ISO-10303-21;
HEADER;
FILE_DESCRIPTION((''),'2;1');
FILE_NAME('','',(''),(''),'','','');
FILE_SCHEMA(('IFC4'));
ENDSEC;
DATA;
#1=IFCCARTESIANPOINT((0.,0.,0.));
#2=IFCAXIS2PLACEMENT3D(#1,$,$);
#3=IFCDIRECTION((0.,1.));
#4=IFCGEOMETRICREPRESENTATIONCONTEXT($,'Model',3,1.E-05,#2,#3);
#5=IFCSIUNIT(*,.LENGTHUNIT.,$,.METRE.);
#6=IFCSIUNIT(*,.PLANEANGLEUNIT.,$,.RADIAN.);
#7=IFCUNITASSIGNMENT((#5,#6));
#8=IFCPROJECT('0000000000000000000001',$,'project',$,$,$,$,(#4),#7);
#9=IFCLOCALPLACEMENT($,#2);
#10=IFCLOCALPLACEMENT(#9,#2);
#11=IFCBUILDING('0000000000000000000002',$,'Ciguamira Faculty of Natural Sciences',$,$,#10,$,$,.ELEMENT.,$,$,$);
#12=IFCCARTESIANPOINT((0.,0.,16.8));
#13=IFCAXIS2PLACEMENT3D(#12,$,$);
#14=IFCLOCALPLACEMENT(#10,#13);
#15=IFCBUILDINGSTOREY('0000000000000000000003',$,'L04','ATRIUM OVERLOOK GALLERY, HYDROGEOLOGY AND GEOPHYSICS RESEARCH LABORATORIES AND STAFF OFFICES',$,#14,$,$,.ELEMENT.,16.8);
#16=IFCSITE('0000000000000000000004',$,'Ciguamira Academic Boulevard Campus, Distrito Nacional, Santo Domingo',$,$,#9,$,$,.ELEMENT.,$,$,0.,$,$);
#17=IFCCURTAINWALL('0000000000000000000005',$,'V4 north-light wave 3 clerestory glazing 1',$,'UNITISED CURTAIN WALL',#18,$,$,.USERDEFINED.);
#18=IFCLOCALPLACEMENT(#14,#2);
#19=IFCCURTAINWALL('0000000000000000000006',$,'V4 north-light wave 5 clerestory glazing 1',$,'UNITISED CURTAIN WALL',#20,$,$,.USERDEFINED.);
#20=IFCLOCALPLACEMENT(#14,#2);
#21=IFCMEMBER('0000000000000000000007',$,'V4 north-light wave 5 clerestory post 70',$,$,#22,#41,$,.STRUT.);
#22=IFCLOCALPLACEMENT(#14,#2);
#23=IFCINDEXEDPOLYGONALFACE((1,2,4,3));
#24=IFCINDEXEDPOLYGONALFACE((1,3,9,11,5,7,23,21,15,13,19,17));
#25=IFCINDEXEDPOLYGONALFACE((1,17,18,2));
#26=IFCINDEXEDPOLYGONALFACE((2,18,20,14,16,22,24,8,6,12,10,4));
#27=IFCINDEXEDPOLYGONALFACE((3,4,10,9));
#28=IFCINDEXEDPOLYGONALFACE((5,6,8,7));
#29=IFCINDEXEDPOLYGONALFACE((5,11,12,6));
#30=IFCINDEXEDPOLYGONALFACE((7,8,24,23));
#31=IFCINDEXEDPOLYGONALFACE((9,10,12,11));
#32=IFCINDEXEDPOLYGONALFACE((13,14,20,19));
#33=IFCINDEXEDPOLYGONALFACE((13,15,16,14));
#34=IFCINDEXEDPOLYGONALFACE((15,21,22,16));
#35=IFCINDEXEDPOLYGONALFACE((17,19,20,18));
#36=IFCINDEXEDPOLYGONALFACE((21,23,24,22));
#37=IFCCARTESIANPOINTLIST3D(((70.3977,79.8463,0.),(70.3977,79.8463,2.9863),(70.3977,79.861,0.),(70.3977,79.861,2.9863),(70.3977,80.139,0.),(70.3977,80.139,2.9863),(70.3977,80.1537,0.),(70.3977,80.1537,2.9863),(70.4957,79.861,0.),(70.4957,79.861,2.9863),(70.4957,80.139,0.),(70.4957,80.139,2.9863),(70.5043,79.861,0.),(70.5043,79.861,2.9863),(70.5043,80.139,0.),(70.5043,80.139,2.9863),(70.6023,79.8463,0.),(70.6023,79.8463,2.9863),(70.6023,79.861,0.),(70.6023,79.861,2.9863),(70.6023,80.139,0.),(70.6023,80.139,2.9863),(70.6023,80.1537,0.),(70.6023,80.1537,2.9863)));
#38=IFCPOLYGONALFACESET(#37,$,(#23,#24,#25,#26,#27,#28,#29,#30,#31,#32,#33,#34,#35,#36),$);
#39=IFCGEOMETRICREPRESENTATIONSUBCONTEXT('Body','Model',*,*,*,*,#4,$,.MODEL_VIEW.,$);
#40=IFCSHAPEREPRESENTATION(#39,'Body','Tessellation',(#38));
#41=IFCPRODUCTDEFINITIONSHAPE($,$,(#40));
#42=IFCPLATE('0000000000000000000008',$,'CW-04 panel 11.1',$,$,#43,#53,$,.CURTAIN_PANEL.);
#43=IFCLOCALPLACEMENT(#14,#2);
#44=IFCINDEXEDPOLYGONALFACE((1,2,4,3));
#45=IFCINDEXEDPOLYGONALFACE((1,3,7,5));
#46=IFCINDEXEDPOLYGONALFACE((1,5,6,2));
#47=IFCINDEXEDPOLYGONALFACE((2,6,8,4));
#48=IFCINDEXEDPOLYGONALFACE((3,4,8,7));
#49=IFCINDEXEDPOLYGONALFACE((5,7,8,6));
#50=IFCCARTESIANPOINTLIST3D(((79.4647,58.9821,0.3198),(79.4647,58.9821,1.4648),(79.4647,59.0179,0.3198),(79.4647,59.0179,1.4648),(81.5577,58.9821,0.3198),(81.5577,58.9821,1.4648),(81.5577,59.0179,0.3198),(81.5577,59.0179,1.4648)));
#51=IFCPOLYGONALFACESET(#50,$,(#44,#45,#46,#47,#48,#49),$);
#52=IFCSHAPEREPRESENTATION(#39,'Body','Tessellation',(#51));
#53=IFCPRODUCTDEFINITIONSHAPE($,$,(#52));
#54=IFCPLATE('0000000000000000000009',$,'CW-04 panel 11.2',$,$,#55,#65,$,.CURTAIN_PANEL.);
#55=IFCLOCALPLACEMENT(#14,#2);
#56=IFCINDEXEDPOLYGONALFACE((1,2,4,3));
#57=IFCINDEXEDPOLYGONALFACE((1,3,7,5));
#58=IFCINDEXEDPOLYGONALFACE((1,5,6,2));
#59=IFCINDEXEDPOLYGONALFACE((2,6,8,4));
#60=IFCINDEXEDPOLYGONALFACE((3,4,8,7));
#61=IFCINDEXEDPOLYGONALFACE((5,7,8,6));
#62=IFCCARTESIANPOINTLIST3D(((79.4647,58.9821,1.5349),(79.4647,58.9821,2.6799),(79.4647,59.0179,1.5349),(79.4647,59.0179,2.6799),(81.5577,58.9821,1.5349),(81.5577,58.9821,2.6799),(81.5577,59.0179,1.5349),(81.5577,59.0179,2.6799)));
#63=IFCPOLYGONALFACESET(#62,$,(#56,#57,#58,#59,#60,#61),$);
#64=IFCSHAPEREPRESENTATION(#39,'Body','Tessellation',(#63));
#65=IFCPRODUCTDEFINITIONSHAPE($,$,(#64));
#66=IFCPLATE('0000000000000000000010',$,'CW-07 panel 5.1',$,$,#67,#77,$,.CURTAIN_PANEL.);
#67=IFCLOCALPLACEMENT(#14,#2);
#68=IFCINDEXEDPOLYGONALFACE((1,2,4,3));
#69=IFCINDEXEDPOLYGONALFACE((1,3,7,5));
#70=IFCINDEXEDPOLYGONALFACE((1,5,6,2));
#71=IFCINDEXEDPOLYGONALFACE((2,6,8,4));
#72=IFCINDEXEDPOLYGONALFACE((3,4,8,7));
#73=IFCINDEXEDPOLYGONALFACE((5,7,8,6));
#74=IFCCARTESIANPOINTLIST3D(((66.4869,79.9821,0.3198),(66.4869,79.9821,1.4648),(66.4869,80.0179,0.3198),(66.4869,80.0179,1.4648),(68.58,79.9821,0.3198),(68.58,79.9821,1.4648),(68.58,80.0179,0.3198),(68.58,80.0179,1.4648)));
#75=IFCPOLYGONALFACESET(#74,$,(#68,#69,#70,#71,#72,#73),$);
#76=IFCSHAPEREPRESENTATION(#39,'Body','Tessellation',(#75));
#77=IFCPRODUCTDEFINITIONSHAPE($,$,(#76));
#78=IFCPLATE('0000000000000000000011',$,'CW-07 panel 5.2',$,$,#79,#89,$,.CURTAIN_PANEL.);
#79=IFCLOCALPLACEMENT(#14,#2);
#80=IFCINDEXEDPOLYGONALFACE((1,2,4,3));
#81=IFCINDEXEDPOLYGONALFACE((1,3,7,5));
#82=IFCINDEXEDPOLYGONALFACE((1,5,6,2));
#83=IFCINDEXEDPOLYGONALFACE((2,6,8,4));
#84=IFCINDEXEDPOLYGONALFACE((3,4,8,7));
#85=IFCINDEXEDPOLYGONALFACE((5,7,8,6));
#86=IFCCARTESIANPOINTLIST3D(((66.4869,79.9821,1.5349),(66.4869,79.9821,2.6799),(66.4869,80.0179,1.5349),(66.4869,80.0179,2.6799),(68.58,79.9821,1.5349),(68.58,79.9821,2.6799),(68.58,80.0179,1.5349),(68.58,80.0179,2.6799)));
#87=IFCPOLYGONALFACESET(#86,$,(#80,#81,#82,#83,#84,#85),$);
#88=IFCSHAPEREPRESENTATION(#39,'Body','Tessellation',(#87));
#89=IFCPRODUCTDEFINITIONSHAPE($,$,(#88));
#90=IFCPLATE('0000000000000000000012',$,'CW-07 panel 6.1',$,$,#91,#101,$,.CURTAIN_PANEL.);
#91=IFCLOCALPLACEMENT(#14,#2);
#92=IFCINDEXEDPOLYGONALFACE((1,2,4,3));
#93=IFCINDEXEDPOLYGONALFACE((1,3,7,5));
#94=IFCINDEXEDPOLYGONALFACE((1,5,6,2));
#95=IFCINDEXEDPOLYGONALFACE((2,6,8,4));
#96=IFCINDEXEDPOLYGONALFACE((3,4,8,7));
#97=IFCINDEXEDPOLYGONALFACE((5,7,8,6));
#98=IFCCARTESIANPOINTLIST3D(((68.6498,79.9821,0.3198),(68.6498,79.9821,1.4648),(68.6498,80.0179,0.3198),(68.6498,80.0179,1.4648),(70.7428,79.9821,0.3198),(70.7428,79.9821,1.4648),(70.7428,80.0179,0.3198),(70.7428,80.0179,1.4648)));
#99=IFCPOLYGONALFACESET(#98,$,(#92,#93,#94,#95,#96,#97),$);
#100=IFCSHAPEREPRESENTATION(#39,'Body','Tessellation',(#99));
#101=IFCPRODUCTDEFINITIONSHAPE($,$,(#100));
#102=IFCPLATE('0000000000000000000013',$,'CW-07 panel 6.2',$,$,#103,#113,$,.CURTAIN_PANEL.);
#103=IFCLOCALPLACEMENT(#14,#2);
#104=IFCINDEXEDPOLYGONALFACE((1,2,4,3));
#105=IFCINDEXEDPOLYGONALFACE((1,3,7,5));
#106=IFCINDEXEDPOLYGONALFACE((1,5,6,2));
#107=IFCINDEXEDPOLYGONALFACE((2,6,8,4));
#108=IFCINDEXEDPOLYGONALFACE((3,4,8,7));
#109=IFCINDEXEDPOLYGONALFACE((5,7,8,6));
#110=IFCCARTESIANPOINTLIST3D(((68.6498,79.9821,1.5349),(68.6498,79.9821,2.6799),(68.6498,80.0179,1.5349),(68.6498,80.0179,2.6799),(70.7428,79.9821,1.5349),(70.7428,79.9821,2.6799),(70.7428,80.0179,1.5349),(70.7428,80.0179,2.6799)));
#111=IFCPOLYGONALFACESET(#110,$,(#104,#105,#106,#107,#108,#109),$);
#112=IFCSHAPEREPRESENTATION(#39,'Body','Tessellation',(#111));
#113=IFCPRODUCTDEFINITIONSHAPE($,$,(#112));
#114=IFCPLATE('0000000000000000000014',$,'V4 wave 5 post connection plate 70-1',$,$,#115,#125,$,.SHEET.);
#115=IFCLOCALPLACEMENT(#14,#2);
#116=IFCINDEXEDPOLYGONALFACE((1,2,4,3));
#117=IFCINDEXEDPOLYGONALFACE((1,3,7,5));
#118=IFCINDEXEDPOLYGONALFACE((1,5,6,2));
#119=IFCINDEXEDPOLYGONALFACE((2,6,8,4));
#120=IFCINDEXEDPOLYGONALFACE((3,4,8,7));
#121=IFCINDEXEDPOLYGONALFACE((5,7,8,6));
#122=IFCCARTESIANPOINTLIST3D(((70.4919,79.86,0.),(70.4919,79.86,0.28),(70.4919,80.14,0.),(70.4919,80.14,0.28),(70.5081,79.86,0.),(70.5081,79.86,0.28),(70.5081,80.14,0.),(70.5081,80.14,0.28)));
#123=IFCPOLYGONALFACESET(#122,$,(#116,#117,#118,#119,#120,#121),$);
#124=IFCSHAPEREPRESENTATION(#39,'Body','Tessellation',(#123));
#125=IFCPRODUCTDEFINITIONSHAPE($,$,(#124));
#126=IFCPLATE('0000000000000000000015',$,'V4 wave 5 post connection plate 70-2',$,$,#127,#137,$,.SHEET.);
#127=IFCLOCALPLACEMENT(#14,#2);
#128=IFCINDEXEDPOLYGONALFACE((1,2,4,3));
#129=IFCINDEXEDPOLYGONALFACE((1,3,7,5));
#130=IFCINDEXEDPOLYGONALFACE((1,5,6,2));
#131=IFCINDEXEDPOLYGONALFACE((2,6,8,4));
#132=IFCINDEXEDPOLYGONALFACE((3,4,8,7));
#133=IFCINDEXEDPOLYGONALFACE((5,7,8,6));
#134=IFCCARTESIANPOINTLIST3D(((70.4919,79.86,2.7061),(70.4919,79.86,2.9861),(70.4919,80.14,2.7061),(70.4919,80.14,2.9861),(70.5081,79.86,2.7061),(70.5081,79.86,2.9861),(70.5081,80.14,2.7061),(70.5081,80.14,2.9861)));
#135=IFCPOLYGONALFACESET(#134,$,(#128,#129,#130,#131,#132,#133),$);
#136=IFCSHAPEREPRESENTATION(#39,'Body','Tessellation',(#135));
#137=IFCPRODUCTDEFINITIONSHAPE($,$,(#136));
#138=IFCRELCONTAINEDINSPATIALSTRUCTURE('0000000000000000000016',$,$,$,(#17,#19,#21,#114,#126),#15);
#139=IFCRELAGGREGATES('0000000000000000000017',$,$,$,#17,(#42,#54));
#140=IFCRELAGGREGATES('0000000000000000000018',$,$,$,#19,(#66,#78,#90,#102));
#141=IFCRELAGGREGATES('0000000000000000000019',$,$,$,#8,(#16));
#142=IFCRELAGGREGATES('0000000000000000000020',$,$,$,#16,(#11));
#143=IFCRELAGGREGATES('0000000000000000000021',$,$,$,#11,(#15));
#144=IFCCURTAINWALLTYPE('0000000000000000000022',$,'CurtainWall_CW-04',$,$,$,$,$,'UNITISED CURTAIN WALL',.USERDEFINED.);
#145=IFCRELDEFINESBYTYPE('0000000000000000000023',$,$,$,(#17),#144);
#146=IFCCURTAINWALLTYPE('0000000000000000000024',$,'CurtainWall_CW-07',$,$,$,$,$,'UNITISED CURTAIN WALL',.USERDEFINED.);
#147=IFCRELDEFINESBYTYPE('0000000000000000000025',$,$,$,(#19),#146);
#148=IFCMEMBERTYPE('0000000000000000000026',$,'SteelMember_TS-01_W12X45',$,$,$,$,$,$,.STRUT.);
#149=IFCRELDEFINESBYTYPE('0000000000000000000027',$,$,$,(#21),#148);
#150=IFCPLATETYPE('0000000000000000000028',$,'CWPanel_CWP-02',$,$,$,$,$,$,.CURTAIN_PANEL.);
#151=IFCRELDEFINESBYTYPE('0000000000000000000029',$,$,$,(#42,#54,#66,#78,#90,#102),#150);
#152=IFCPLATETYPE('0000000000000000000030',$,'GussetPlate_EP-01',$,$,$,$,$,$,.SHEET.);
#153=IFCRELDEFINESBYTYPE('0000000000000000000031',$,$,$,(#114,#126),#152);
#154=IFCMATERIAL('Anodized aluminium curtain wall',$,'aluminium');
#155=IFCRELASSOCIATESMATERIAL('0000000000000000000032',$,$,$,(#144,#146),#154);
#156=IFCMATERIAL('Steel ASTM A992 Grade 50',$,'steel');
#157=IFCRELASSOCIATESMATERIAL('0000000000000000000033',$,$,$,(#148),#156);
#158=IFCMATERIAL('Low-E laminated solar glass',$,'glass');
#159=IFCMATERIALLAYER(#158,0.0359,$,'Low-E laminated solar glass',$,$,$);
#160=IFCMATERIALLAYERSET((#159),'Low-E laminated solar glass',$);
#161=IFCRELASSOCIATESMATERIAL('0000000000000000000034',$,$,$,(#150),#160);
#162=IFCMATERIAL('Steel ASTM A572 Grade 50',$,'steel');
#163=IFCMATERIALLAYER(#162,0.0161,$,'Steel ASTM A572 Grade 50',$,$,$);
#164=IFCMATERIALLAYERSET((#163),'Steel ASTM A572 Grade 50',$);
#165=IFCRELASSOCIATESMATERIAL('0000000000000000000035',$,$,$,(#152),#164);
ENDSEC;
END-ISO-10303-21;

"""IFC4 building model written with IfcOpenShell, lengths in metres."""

from ifc_helpers import new_model, si_unit, direction, frame, origin, origin_2d, place, context, subcontext, project, spatial, rectangle, i_section, extrude, material, layer, layer_set, material_profile, profile_set, type_object, element, aggregate, save


model = new_model("IFC4")

# Units and contexts
model_context = context("Model", 3, precision=1e-05, world=origin(), true_north=direction((0.0, 1.0)))
body_context = subcontext(model_context, "Body", "Model", "MODEL_VIEW")
ifc_project = project(units=[si_unit("LENGTHUNIT", "METRE"), si_unit("PLANEANGLEUNIT", "RADIAN")], contexts=[model_context])

# Site, building, storey
site_placement = place(None, origin())
site = spatial("IfcSite", under=ifc_project, at=site_placement, Name="Ciguamira Academic Boulevard Campus, Distrito Nacional, Santo Domingo", CompositionType="ELEMENT", RefElevation=0.0)
building_placement = place(site_placement, origin())
building = spatial("IfcBuilding", under=site, at=building_placement, Name="Ciguamira Faculty of Natural Sciences", CompositionType="ELEMENT")
storey_placement = place(building_placement, frame((0.0, 0.0, 16.8)))
storey = spatial("IfcBuildingStorey", under=building, at=storey_placement, Name="L04", Description="ATRIUM OVERLOOK GALLERY, HYDROGEOLOGY AND GEOPHYSICS RESEARCH LABORATORIES AND STAFF OFFICES", CompositionType="ELEMENT", Elevation=16.8)

# Curtain walls
ifc_material_1 = material(Name="Anodized aluminium curtain wall", Category="aluminium")
curtain_wall_type_1 = type_object("IfcCurtainWallType", Name="CurtainWall_CW-04", ElementType="UNITISED CURTAIN WALL", PredefinedType="USERDEFINED", material=ifc_material_1)
curtain_wall_1_placement = place(storey_placement, origin())
curtain_wall_1 = element("IfcCurtainWall", 1, at=curtain_wall_1_placement, inside=storey, type_object=curtain_wall_type_1, Name="V4 north-light wave 3 clerestory glazing 1", ObjectType="UNITISED CURTAIN WALL", PredefinedType="USERDEFINED")
curtain_wall_type_2 = type_object("IfcCurtainWallType", Name="CurtainWall_CW-07", ElementType="UNITISED CURTAIN WALL", PredefinedType="USERDEFINED", material=ifc_material_1)
curtain_wall_2_placement = place(storey_placement, origin())
curtain_wall_2 = element("IfcCurtainWall", 2, at=curtain_wall_2_placement, inside=storey, type_object=curtain_wall_type_2, Name="V4 north-light wave 5 clerestory glazing 1", ObjectType="UNITISED CURTAIN WALL", PredefinedType="USERDEFINED")

# Member
ifc_material_2 = material(Name="Steel ASTM A992 Grade 50", Category="steel")
ifc_material_profile_1 = material_profile(ifc_material_2, i_section(OverallWidth=0.2046, OverallDepth=0.3074, WebThickness=0.0085, FlangeThickness=0.0146, at=origin_2d()), Name="W12X45")
ifc_profile_set_1 = profile_set([ifc_material_profile_1], Name="Steel ASTM A992 Grade 50")
member_type_1 = type_object("IfcMemberType", Name="SteelMember_TS-01_W12X45", PredefinedType="STRUT", material=ifc_profile_set_1)
member_1_placement = place(storey_placement, frame((70.5, 80.0, 0.0), z_axis=(0.0, 0.0, 1.0), x_axis=(1.0, 0.0, 0.0)))
element("IfcMember", 3, at=member_1_placement, inside=storey, type_object=member_type_1, Name="V4 north-light wave 5 clerestory post 70", PredefinedType="STRUT", context=body_context, shape_type="SweptSolid", body=[
    extrude(i_section(OverallWidth=0.2046, OverallDepth=0.3074, WebThickness=0.0085, FlangeThickness=0.0146, at=origin_2d()), origin(), (0.0, 0.0, 1.0), 2.9863),
])

# Plates
ifc_material_3 = material(Name="Low-E laminated solar glass", Category="glass")
ifc_layer_1 = layer(ifc_material_3, 0.0359, Name="Low-E laminated solar glass")
ifc_layer_set_1 = layer_set([ifc_layer_1], Name="Low-E laminated solar glass")
plate_type_1 = type_object("IfcPlateType", Name="CWPanel_CWP-02", PredefinedType="CURTAIN_PANEL", material=ifc_layer_set_1)
plate_1_placement = place(storey_placement, frame((80.5112, 59.0, 0.3198), z_axis=(0.0, 0.0, 1.0), x_axis=(1.0, 0.0, 0.0)))
plate_1 = element("IfcPlate", 4, at=plate_1_placement, type_object=plate_type_1, Name="CW-04 panel 11.1", PredefinedType="CURTAIN_PANEL", context=body_context, shape_type="SweptSolid", body=[
    extrude(rectangle(XDim=2.093, YDim=0.0359, at=origin_2d()), origin(), (0.0, 0.0, 1.0), 1.145),
])
plate_2_placement = place(storey_placement, frame((80.5112, 59.0, 1.5349), z_axis=(0.0, 0.0, 1.0), x_axis=(1.0, 0.0, 0.0)))
plate_2 = element("IfcPlate", 5, at=plate_2_placement, type_object=plate_type_1, Name="CW-04 panel 11.2", PredefinedType="CURTAIN_PANEL", context=body_context, shape_type="SweptSolid", body=[
    extrude(rectangle(XDim=2.093, YDim=0.0359, at=origin_2d()), origin(), (0.0, 0.0, 1.0), 1.145),
])
aggregate(curtain_wall_1, [plate_1, plate_2])
plate_3_placement = place(storey_placement, frame((67.5334, 80.0, 0.3198), z_axis=(0.0, 0.0, 1.0), x_axis=(1.0, 0.0, 0.0)))
plate_3 = element("IfcPlate", 6, at=plate_3_placement, type_object=plate_type_1, Name="CW-07 panel 5.1", PredefinedType="CURTAIN_PANEL", context=body_context, shape_type="SweptSolid", body=[
    extrude(rectangle(XDim=2.093, YDim=0.0359, at=origin_2d()), origin(), (0.0, 0.0, 1.0), 1.145),
])
plate_4_placement = place(storey_placement, frame((67.5334, 80.0, 1.5349), z_axis=(0.0, 0.0, 1.0), x_axis=(1.0, 0.0, 0.0)))
plate_4 = element("IfcPlate", 7, at=plate_4_placement, type_object=plate_type_1, Name="CW-07 panel 5.2", PredefinedType="CURTAIN_PANEL", context=body_context, shape_type="SweptSolid", body=[
    extrude(rectangle(XDim=2.093, YDim=0.0359, at=origin_2d()), origin(), (0.0, 0.0, 1.0), 1.145),
])
plate_5_placement = place(storey_placement, frame((69.6963, 80.0, 0.3198), z_axis=(0.0, 0.0, 1.0), x_axis=(1.0, 0.0, 0.0)))
plate_5 = element("IfcPlate", 8, at=plate_5_placement, type_object=plate_type_1, Name="CW-07 panel 6.1", PredefinedType="CURTAIN_PANEL", context=body_context, shape_type="SweptSolid", body=[
    extrude(rectangle(XDim=2.093, YDim=0.0359, at=origin_2d()), origin(), (0.0, 0.0, 1.0), 1.145),
])
plate_6_placement = place(storey_placement, frame((69.6963, 80.0, 1.5349), z_axis=(0.0, 0.0, 1.0), x_axis=(1.0, 0.0, 0.0)))
plate_6 = element("IfcPlate", 9, at=plate_6_placement, type_object=plate_type_1, Name="CW-07 panel 6.2", PredefinedType="CURTAIN_PANEL", context=body_context, shape_type="SweptSolid", body=[
    extrude(rectangle(XDim=2.093, YDim=0.0359, at=origin_2d()), origin(), (0.0, 0.0, 1.0), 1.145),
])
aggregate(curtain_wall_2, [plate_3, plate_4, plate_5, plate_6])

# Plates
ifc_material_4 = material(Name="Steel ASTM A572 Grade 50", Category="steel")
ifc_layer_2 = layer(ifc_material_4, 0.0161, Name="Steel ASTM A572 Grade 50")
ifc_layer_set_2 = layer_set([ifc_layer_2], Name="Steel ASTM A572 Grade 50")
plate_type_2 = type_object("IfcPlateType", Name="GussetPlate_EP-01", PredefinedType="SHEET", material=ifc_layer_set_2)
for number, where, z_axis, x_axis, name in (
    (10, (70.5, 80.0, 0.0), (0.0, 0.0, 1.0), (1.0, 0.0, 0.0), "V4 wave 5 post connection plate 70-1"),
    (11, (70.5, 80.0, 2.7061), (0.0, 0.0, 1.0), (1.0, 0.0, 0.0), "V4 wave 5 post connection plate 70-2"),
):
    element("IfcPlate", number, at=place(storey_placement, frame(where, z_axis=z_axis, x_axis=x_axis)), inside=storey, type_object=plate_type_2, Name=name, PredefinedType="SHEET", context=body_context, shape_type="SweptSolid", body=[
        extrude(rectangle(XDim=0.0161, YDim=0.28, at=origin_2d()), origin(), (0.0, 0.0, 1.0), 0.28),
    ])

save(model, "model.ifc")
